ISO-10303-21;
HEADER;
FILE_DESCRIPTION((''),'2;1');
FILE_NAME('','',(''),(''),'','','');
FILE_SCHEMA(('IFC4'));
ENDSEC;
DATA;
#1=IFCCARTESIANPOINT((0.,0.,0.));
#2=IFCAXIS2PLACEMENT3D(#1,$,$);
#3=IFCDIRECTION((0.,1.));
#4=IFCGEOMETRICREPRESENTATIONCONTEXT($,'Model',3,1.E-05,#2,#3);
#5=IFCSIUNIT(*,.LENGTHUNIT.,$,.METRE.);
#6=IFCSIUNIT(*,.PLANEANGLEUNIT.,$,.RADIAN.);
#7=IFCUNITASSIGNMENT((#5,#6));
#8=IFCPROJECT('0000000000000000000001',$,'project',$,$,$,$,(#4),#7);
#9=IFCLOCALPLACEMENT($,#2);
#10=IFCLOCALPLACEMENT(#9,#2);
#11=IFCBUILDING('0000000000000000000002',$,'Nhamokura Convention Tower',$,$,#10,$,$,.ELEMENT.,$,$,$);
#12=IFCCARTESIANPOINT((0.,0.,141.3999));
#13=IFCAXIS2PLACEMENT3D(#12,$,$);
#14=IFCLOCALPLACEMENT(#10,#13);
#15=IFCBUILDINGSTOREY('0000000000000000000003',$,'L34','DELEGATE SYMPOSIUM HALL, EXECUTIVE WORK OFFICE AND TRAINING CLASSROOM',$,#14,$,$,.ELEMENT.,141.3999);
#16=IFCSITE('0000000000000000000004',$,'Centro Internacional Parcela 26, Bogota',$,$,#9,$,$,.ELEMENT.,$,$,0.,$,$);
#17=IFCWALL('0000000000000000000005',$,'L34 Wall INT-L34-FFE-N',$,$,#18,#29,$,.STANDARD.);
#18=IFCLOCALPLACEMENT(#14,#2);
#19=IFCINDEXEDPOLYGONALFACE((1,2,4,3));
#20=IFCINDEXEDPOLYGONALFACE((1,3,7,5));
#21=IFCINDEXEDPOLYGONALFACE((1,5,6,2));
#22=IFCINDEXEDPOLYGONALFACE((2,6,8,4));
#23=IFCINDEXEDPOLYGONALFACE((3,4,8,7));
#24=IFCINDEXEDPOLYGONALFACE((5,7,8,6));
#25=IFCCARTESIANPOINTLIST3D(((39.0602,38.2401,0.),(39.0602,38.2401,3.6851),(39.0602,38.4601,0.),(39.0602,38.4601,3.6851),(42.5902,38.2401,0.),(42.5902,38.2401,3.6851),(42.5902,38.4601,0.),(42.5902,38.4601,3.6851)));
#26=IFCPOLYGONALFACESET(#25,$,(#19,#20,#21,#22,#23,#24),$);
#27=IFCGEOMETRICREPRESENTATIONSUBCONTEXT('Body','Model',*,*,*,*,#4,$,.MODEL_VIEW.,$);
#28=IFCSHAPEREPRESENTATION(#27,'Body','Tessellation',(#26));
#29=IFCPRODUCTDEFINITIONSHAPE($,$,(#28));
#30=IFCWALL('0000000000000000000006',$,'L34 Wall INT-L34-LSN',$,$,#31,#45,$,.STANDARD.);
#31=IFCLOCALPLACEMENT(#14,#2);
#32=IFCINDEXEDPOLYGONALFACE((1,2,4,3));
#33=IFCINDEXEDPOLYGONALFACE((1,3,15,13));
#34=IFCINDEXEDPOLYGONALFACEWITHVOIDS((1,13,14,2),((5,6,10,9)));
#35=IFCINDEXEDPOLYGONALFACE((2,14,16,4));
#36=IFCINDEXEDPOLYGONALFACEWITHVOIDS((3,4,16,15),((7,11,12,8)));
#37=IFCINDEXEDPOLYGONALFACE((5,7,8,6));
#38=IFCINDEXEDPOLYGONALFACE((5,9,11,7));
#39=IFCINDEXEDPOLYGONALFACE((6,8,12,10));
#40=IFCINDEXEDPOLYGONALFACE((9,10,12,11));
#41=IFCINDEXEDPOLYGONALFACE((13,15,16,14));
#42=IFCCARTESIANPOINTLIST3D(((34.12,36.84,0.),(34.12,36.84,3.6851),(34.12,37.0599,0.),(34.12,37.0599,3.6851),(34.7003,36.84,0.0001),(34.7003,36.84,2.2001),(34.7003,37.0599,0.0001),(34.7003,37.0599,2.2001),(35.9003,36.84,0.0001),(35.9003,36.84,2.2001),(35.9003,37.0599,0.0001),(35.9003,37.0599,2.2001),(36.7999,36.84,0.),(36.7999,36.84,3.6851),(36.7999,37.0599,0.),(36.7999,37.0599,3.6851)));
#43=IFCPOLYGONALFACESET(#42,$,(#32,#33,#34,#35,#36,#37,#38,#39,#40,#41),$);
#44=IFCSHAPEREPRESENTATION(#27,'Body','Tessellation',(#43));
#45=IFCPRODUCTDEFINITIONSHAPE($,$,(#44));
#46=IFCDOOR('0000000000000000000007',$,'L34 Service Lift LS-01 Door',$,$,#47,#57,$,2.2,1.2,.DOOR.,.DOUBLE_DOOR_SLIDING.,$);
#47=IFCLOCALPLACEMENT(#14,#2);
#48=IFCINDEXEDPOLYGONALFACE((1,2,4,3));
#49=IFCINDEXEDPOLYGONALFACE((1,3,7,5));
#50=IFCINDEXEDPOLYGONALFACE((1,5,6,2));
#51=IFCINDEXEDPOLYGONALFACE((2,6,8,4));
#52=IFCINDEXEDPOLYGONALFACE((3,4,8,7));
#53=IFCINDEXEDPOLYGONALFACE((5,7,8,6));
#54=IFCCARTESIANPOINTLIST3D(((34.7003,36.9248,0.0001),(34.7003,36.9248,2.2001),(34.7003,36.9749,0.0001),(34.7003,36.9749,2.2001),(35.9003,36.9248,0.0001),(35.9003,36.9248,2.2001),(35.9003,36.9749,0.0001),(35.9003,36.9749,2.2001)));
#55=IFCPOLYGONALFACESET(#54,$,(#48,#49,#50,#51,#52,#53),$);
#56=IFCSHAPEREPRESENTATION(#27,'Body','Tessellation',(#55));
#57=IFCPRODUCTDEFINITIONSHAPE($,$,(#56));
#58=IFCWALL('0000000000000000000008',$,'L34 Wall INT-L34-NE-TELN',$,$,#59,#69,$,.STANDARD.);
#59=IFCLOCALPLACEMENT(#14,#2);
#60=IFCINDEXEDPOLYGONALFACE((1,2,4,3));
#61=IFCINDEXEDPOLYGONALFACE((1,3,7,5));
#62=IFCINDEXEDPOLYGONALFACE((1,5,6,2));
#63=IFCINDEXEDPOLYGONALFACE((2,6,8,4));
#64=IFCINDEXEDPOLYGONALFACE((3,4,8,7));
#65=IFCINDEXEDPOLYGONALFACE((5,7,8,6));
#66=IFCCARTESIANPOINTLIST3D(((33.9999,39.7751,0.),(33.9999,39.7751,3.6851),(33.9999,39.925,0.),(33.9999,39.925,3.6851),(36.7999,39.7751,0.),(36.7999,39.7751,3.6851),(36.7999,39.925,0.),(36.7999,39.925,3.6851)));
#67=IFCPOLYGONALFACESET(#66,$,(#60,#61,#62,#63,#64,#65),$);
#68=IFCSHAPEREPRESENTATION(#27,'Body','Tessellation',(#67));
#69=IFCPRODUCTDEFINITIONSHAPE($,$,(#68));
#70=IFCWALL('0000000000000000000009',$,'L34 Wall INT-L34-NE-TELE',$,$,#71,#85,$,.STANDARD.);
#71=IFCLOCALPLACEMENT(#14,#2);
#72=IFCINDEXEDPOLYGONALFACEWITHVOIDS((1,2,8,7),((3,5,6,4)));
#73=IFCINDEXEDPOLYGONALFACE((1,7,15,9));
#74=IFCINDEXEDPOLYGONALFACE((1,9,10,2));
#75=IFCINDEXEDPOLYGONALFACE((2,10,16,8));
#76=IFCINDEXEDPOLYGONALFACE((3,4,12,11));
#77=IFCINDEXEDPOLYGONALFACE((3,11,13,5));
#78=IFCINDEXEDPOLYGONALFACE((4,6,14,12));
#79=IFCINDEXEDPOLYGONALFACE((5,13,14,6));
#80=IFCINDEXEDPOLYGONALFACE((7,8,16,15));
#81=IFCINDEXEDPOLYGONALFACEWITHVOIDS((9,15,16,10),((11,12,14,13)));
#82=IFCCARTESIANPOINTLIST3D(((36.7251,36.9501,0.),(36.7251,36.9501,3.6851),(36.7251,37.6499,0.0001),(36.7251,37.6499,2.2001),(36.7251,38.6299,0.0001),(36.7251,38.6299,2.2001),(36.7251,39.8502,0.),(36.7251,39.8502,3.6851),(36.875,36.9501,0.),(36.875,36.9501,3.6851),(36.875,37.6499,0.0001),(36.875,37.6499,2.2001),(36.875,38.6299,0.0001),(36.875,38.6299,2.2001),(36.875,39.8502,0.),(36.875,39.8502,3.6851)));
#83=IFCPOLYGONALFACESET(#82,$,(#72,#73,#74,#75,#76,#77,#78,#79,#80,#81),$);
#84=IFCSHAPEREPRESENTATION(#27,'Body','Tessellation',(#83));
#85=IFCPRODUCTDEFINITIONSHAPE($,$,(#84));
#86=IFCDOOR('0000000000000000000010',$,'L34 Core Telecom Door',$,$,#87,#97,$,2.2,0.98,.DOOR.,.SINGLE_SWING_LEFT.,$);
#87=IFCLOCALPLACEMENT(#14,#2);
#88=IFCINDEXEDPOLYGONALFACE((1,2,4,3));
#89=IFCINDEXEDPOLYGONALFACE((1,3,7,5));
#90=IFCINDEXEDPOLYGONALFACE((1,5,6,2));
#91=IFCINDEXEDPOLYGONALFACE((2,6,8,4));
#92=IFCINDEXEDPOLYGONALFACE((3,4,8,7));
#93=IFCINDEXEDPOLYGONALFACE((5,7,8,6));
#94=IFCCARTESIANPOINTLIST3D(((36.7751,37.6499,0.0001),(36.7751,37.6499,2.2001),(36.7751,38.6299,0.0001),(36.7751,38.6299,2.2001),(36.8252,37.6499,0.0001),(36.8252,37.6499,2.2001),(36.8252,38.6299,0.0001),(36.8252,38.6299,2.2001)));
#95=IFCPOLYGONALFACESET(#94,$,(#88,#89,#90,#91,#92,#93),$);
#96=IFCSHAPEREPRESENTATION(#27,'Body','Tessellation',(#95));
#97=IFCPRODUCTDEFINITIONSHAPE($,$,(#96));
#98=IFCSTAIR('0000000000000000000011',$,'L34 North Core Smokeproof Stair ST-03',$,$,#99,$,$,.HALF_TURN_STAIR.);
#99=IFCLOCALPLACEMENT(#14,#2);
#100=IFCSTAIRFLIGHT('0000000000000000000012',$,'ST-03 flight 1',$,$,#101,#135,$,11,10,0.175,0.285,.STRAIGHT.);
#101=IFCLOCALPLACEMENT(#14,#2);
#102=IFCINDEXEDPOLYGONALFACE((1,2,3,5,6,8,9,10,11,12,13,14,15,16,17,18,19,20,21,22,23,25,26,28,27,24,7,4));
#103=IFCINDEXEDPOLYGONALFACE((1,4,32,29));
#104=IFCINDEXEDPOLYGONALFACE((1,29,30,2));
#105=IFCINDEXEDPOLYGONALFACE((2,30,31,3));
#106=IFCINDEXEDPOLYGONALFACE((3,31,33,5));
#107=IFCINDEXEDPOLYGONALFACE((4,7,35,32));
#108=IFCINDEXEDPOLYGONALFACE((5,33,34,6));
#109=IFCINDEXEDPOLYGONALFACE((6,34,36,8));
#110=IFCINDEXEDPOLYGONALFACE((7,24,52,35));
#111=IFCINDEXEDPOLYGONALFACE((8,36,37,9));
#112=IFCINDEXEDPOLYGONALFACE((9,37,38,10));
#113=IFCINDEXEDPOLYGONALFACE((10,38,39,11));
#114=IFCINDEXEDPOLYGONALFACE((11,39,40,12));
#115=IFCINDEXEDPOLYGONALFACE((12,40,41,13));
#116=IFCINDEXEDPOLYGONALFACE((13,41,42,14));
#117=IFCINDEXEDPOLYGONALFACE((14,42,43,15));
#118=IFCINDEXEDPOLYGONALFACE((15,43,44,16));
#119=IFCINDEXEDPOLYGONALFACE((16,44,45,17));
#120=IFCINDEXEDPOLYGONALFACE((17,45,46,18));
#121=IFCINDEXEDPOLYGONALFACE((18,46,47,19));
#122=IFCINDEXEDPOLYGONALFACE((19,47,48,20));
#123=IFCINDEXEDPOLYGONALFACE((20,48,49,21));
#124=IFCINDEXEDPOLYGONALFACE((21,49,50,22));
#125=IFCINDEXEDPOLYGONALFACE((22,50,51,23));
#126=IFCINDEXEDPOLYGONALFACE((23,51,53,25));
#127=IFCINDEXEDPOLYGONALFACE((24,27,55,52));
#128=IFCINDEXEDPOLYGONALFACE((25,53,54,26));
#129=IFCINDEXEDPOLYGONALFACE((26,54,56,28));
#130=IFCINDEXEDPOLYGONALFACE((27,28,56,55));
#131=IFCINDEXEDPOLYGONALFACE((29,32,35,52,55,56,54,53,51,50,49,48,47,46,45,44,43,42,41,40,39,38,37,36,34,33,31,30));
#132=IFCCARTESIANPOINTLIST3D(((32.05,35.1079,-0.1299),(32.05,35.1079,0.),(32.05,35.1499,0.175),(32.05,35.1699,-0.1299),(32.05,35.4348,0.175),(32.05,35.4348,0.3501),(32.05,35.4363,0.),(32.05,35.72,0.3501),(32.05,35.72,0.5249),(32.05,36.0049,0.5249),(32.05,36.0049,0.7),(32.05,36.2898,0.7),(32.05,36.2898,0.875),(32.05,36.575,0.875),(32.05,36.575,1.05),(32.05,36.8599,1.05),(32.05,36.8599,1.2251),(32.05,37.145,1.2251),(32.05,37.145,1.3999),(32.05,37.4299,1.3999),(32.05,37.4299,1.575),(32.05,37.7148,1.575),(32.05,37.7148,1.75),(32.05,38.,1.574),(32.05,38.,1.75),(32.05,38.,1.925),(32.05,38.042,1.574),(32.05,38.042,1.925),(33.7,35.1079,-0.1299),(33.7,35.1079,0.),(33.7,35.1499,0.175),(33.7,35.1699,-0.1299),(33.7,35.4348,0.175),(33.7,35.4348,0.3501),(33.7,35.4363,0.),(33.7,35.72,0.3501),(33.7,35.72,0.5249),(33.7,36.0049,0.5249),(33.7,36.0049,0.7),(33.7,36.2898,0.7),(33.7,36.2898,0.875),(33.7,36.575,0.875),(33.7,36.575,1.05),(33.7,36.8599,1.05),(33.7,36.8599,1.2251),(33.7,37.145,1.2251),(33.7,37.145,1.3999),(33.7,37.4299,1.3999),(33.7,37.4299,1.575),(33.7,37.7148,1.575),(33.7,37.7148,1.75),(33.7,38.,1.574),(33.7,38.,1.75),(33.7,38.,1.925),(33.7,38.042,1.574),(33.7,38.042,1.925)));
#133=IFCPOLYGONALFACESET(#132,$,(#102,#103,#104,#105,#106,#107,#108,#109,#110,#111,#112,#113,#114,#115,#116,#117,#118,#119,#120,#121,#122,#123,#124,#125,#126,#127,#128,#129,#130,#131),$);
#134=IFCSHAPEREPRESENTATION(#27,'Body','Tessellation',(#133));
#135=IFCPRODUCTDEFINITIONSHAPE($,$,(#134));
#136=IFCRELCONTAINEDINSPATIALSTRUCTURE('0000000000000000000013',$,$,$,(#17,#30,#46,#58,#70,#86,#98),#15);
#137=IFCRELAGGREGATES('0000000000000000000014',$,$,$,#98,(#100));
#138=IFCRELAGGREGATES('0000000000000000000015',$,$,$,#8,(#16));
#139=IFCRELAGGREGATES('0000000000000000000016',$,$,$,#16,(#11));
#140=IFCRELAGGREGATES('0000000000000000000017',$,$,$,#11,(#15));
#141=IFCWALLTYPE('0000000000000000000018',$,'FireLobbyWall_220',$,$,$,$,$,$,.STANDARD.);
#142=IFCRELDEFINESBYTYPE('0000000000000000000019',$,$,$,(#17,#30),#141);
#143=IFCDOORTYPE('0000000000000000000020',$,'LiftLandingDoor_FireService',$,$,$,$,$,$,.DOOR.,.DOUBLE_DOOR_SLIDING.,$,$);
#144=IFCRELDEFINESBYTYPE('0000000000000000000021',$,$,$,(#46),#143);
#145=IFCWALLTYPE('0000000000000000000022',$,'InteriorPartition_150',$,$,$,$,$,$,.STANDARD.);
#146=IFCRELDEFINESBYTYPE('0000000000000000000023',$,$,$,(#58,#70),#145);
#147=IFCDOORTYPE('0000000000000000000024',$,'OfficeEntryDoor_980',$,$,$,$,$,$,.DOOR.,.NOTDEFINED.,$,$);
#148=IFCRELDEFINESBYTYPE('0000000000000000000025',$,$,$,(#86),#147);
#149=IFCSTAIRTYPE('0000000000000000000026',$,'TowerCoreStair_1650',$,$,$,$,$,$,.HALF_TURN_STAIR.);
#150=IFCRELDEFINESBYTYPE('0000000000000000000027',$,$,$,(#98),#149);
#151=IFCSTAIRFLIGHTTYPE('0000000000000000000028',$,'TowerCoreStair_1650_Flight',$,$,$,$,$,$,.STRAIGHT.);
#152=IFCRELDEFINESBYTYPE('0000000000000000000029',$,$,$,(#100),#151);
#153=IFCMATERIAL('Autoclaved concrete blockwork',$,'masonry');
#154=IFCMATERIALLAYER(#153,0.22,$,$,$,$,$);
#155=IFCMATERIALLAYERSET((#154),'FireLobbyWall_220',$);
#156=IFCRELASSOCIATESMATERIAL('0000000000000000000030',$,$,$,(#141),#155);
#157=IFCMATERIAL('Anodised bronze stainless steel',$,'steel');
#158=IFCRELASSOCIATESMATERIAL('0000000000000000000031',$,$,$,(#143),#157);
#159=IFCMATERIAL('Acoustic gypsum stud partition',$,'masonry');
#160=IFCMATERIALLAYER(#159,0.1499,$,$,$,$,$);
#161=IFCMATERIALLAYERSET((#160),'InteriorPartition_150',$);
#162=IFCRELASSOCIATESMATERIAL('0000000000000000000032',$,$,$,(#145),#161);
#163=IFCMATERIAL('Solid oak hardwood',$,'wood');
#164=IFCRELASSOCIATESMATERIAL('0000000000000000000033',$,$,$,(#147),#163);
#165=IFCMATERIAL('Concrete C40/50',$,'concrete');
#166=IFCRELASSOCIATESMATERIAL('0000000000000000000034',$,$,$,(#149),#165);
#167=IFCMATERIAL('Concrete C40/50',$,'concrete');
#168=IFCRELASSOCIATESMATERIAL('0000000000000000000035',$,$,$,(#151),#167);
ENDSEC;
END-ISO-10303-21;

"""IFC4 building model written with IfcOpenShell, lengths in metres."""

from ifc_helpers import new_model, si_unit, direction, frame, frame_2d, origin, place, context, subcontext, project, spatial, polyline, rectangle, outline, extrude, material, layer, layer_set, type_object, element, fill, aggregate, save


model = new_model("IFC4")

# Units and contexts
model_context = context("Model", 3, precision=1e-05, world=origin(), true_north=direction((0.0, 1.0)))
body_context = subcontext(model_context, "Body", "Model", "MODEL_VIEW")
ifc_project = project(units=[si_unit("LENGTHUNIT", "METRE"), si_unit("PLANEANGLEUNIT", "RADIAN")], contexts=[model_context])

# Site, building, storey
site_placement = place(None, origin())
site = spatial("IfcSite", under=ifc_project, at=site_placement, Name="Centro Internacional Parcela 26, Bogota", CompositionType="ELEMENT", RefElevation=0.0)
building_placement = place(site_placement, origin())
building = spatial("IfcBuilding", under=site, at=building_placement, Name="Nhamokura Convention Tower", CompositionType="ELEMENT")
storey_placement = place(building_placement, frame((0.0, 0.0, 141.3999)))
storey = spatial("IfcBuildingStorey", under=building, at=storey_placement, Name="L34", Description="DELEGATE SYMPOSIUM HALL, EXECUTIVE WORK OFFICE AND TRAINING CLASSROOM", CompositionType="ELEMENT", Elevation=141.3999)

# Wall
ifc_material_1 = material(Name="Autoclaved concrete blockwork", Category="masonry")
ifc_layer_1 = layer(ifc_material_1, 0.22)
ifc_layer_set_1 = layer_set([ifc_layer_1], Name="FireLobbyWall_220")
wall_type_1 = type_object("IfcWallType", Name="FireLobbyWall_220", PredefinedType="STANDARD", material=ifc_layer_set_1)
wall_1_placement = place(storey_placement, frame((39.0601, 38.3501, 0.0), z_axis=(0.0, 0.0, 1.0), x_axis=(1.0, 0.0, 0.0)))
element("IfcWall", 1, at=wall_1_placement, inside=storey, type_object=wall_type_1, Name="L34 Wall INT-L34-FFE-N", PredefinedType="STANDARD", context=body_context, shape_type="SweptSolid", body=[
    extrude(rectangle(XDim=3.53, YDim=0.22, at=frame_2d((1.7651, 0.0))), origin(), (0.0, 0.0, 1.0), 3.6851),
])

# Wall, opening, door
wall_2_placement = place(storey_placement, frame((34.1201, 36.95, 0.0), z_axis=(0.0, 0.0, 1.0), x_axis=(1.0, 0.0, 0.0)))
wall_2 = element("IfcWall", 2, at=wall_2_placement, inside=storey, type_object=wall_type_1, Name="L34 Wall INT-L34-LSN", PredefinedType="STANDARD", context=body_context, shape_type="SweptSolid", body=[
    extrude(rectangle(XDim=2.6799, YDim=0.22, at=frame_2d((1.3398, 0.0))), origin(), (0.0, 0.0, 1.0), 3.6851),
])
opening_1_placement = place(wall_2_placement, frame((0.5801, 0.0, 0.0)))
opening_1 = element("IfcOpeningElement", 3, at=opening_1_placement, cuts=wall_2, PredefinedType="OPENING", context=body_context, shape_type="SweptSolid", body=[
    extrude(rectangle(XDim=1.2, YDim=2.2, at=frame_2d((0.6001, 1.1001))), frame((0.0, 0.1199, 0.0), z_axis=(0.0, -1.0, 0.0), x_axis=(1.0, 0.0, 0.0)), (0.0, 0.0, 1.0), 0.24),
])
ifc_material_2 = material(Name="Anodised bronze stainless steel", Category="steel")
door_type_1 = type_object("IfcDoorType", Name="LiftLandingDoor_FireService", OperationType="DOUBLE_DOOR_SLIDING", PredefinedType="DOOR", material=ifc_material_2)
door_1_placement = place(opening_1_placement, origin())
door_1 = element("IfcDoor", 4, at=door_1_placement, inside=storey, type_object=door_type_1, Name="L34 Service Lift LS-01 Door", OperationType="DOUBLE_DOOR_SLIDING", OverallHeight=2.2, OverallWidth=1.2, PredefinedType="DOOR", context=body_context, shape_type="SweptSolid", body=[
    extrude(rectangle(XDim=1.2, YDim=2.2, at=frame_2d((0.6001, 1.1001))), frame((0.0, 0.0249, 0.0), z_axis=(0.0, -1.0, 0.0), x_axis=(1.0, 0.0, 0.0)), (0.0, 0.0, 1.0), 0.05),
])
fill(opening_1, door_1)

# Wall
ifc_material_3 = material(Name="Acoustic gypsum stud partition", Category="masonry")
ifc_layer_2 = layer(ifc_material_3, 0.1499)
ifc_layer_set_2 = layer_set([ifc_layer_2], Name="InteriorPartition_150")
wall_type_2 = type_object("IfcWallType", Name="InteriorPartition_150", PredefinedType="STANDARD", material=ifc_layer_set_2)
wall_3_placement = place(storey_placement, frame((34.0, 39.8501, 0.0), z_axis=(0.0, 0.0, 1.0), x_axis=(1.0, 0.0, 0.0)))
element("IfcWall", 5, at=wall_3_placement, inside=storey, type_object=wall_type_2, Name="L34 Wall INT-L34-NE-TELN", PredefinedType="STANDARD", context=body_context, shape_type="SweptSolid", body=[
    extrude(rectangle(XDim=2.8, YDim=0.1499, at=frame_2d((1.3999, 0.0))), origin(), (0.0, 0.0, 1.0), 3.6851),
])

# Wall, opening, door
wall_4_placement = place(storey_placement, frame((36.8, 36.95, 0.0), z_axis=(0.0, 0.0, 1.0), x_axis=(0.0, 1.0, 0.0)))
wall_4 = element("IfcWall", 6, at=wall_4_placement, inside=storey, type_object=wall_type_2, Name="L34 Wall INT-L34-NE-TELE", PredefinedType="STANDARD", context=body_context, shape_type="SweptSolid", body=[
    extrude(rectangle(XDim=2.9001, YDim=0.1499, at=frame_2d((1.4502, 0.0))), origin(), (0.0, 0.0, 1.0), 3.6851),
])
opening_2_placement = place(wall_4_placement, frame((0.7, 0.0, 0.0)))
opening_2 = element("IfcOpeningElement", 7, at=opening_2_placement, cuts=wall_4, PredefinedType="OPENING", context=body_context, shape_type="SweptSolid", body=[
    extrude(rectangle(XDim=0.98, YDim=2.2, at=frame_2d((0.49, 1.1001))), frame((0.0, 0.085, 0.0), z_axis=(0.0, -1.0, 0.0), x_axis=(1.0, 0.0, 0.0)), (0.0, 0.0, 1.0), 0.1699),
])
ifc_material_4 = material(Name="Solid oak hardwood", Category="wood")
door_type_2 = type_object("IfcDoorType", Name="OfficeEntryDoor_980", OperationType="NOTDEFINED", PredefinedType="DOOR", material=ifc_material_4)
door_2_placement = place(opening_2_placement, origin())
door_2 = element("IfcDoor", 8, at=door_2_placement, inside=storey, type_object=door_type_2, Name="L34 Core Telecom Door", OperationType="SINGLE_SWING_LEFT", OverallHeight=2.2, OverallWidth=0.98, PredefinedType="DOOR", context=body_context, shape_type="SweptSolid", body=[
    extrude(rectangle(XDim=0.98, YDim=2.2, at=frame_2d((0.49, 1.1001))), frame((0.0, 0.0249, 0.0), z_axis=(0.0, -1.0, 0.0), x_axis=(1.0, 0.0, 0.0)), (0.0, 0.0, 1.0), 0.05),
])
fill(opening_2, door_2)

# Stair, stair flight
ifc_material_5 = material(Name="Concrete C40/50", Category="concrete")
stair_type = type_object("IfcStairType", Name="TowerCoreStair_1650", PredefinedType="HALF_TURN_STAIR", material=ifc_material_5)
stair_placement = place(storey_placement, origin())
stair = element("IfcStair", 9, at=stair_placement, inside=storey, type_object=stair_type, Name="L34 North Core Smokeproof Stair ST-03", PredefinedType="HALF_TURN_STAIR")
ifc_material_6 = material(Name="Concrete C40/50", Category="concrete")
stair_flight_type = type_object("IfcStairFlightType", Name="TowerCoreStair_1650_Flight", PredefinedType="STRAIGHT", material=ifc_material_6)
stair_flight_placement = place(storey_placement, frame((32.875, 35.1499, 0.0), z_axis=(0.0, 0.0, 1.0), x_axis=(0.0, 1.0, 0.0)))
stair_flight = element("IfcStairFlight", 10, at=stair_flight_placement, type_object=stair_flight_type, Name="ST-03 flight 1", NumberOfRisers=11, NumberOfTreads=10, PredefinedType="STRAIGHT", RiserHeight=0.175, TreadLength=0.285, context=body_context, shape_type="SweptSolid", body=[
    extrude(outline(polyline([(-0.042, 0.0), (0.0, 0.175), (0.2849, 0.175), (0.2849, 0.3501), (0.5701, 0.3501), (0.5701, 0.5249), (0.855, 0.5249), (0.855, 0.7), (1.1399, 0.7), (1.1399, 0.875), (1.425, 0.875), (1.425, 1.05), (1.71, 1.05), (1.71, 1.2251), (1.9951, 1.2251), (1.9951, 1.3999), (2.28, 1.3999), (2.28, 1.575), (2.5649, 1.575), (2.5649, 1.75), (2.8501, 1.75), (2.8501, 1.925), (2.8921, 1.925), (2.8921, 1.574), (2.8501, 1.574), (0.2864, 0.0), (0.02, -0.1299), (-0.042, -0.1299), (-0.042, 0.0)])), frame((0.0, 0.825, 0.0), z_axis=(0.0, -1.0, 0.0), x_axis=(1.0, 0.0, 0.0)), (0.0, 0.0, 1.0), 1.6499),
])
aggregate(stair, [stair_flight])

save(model, "model.ifc")
